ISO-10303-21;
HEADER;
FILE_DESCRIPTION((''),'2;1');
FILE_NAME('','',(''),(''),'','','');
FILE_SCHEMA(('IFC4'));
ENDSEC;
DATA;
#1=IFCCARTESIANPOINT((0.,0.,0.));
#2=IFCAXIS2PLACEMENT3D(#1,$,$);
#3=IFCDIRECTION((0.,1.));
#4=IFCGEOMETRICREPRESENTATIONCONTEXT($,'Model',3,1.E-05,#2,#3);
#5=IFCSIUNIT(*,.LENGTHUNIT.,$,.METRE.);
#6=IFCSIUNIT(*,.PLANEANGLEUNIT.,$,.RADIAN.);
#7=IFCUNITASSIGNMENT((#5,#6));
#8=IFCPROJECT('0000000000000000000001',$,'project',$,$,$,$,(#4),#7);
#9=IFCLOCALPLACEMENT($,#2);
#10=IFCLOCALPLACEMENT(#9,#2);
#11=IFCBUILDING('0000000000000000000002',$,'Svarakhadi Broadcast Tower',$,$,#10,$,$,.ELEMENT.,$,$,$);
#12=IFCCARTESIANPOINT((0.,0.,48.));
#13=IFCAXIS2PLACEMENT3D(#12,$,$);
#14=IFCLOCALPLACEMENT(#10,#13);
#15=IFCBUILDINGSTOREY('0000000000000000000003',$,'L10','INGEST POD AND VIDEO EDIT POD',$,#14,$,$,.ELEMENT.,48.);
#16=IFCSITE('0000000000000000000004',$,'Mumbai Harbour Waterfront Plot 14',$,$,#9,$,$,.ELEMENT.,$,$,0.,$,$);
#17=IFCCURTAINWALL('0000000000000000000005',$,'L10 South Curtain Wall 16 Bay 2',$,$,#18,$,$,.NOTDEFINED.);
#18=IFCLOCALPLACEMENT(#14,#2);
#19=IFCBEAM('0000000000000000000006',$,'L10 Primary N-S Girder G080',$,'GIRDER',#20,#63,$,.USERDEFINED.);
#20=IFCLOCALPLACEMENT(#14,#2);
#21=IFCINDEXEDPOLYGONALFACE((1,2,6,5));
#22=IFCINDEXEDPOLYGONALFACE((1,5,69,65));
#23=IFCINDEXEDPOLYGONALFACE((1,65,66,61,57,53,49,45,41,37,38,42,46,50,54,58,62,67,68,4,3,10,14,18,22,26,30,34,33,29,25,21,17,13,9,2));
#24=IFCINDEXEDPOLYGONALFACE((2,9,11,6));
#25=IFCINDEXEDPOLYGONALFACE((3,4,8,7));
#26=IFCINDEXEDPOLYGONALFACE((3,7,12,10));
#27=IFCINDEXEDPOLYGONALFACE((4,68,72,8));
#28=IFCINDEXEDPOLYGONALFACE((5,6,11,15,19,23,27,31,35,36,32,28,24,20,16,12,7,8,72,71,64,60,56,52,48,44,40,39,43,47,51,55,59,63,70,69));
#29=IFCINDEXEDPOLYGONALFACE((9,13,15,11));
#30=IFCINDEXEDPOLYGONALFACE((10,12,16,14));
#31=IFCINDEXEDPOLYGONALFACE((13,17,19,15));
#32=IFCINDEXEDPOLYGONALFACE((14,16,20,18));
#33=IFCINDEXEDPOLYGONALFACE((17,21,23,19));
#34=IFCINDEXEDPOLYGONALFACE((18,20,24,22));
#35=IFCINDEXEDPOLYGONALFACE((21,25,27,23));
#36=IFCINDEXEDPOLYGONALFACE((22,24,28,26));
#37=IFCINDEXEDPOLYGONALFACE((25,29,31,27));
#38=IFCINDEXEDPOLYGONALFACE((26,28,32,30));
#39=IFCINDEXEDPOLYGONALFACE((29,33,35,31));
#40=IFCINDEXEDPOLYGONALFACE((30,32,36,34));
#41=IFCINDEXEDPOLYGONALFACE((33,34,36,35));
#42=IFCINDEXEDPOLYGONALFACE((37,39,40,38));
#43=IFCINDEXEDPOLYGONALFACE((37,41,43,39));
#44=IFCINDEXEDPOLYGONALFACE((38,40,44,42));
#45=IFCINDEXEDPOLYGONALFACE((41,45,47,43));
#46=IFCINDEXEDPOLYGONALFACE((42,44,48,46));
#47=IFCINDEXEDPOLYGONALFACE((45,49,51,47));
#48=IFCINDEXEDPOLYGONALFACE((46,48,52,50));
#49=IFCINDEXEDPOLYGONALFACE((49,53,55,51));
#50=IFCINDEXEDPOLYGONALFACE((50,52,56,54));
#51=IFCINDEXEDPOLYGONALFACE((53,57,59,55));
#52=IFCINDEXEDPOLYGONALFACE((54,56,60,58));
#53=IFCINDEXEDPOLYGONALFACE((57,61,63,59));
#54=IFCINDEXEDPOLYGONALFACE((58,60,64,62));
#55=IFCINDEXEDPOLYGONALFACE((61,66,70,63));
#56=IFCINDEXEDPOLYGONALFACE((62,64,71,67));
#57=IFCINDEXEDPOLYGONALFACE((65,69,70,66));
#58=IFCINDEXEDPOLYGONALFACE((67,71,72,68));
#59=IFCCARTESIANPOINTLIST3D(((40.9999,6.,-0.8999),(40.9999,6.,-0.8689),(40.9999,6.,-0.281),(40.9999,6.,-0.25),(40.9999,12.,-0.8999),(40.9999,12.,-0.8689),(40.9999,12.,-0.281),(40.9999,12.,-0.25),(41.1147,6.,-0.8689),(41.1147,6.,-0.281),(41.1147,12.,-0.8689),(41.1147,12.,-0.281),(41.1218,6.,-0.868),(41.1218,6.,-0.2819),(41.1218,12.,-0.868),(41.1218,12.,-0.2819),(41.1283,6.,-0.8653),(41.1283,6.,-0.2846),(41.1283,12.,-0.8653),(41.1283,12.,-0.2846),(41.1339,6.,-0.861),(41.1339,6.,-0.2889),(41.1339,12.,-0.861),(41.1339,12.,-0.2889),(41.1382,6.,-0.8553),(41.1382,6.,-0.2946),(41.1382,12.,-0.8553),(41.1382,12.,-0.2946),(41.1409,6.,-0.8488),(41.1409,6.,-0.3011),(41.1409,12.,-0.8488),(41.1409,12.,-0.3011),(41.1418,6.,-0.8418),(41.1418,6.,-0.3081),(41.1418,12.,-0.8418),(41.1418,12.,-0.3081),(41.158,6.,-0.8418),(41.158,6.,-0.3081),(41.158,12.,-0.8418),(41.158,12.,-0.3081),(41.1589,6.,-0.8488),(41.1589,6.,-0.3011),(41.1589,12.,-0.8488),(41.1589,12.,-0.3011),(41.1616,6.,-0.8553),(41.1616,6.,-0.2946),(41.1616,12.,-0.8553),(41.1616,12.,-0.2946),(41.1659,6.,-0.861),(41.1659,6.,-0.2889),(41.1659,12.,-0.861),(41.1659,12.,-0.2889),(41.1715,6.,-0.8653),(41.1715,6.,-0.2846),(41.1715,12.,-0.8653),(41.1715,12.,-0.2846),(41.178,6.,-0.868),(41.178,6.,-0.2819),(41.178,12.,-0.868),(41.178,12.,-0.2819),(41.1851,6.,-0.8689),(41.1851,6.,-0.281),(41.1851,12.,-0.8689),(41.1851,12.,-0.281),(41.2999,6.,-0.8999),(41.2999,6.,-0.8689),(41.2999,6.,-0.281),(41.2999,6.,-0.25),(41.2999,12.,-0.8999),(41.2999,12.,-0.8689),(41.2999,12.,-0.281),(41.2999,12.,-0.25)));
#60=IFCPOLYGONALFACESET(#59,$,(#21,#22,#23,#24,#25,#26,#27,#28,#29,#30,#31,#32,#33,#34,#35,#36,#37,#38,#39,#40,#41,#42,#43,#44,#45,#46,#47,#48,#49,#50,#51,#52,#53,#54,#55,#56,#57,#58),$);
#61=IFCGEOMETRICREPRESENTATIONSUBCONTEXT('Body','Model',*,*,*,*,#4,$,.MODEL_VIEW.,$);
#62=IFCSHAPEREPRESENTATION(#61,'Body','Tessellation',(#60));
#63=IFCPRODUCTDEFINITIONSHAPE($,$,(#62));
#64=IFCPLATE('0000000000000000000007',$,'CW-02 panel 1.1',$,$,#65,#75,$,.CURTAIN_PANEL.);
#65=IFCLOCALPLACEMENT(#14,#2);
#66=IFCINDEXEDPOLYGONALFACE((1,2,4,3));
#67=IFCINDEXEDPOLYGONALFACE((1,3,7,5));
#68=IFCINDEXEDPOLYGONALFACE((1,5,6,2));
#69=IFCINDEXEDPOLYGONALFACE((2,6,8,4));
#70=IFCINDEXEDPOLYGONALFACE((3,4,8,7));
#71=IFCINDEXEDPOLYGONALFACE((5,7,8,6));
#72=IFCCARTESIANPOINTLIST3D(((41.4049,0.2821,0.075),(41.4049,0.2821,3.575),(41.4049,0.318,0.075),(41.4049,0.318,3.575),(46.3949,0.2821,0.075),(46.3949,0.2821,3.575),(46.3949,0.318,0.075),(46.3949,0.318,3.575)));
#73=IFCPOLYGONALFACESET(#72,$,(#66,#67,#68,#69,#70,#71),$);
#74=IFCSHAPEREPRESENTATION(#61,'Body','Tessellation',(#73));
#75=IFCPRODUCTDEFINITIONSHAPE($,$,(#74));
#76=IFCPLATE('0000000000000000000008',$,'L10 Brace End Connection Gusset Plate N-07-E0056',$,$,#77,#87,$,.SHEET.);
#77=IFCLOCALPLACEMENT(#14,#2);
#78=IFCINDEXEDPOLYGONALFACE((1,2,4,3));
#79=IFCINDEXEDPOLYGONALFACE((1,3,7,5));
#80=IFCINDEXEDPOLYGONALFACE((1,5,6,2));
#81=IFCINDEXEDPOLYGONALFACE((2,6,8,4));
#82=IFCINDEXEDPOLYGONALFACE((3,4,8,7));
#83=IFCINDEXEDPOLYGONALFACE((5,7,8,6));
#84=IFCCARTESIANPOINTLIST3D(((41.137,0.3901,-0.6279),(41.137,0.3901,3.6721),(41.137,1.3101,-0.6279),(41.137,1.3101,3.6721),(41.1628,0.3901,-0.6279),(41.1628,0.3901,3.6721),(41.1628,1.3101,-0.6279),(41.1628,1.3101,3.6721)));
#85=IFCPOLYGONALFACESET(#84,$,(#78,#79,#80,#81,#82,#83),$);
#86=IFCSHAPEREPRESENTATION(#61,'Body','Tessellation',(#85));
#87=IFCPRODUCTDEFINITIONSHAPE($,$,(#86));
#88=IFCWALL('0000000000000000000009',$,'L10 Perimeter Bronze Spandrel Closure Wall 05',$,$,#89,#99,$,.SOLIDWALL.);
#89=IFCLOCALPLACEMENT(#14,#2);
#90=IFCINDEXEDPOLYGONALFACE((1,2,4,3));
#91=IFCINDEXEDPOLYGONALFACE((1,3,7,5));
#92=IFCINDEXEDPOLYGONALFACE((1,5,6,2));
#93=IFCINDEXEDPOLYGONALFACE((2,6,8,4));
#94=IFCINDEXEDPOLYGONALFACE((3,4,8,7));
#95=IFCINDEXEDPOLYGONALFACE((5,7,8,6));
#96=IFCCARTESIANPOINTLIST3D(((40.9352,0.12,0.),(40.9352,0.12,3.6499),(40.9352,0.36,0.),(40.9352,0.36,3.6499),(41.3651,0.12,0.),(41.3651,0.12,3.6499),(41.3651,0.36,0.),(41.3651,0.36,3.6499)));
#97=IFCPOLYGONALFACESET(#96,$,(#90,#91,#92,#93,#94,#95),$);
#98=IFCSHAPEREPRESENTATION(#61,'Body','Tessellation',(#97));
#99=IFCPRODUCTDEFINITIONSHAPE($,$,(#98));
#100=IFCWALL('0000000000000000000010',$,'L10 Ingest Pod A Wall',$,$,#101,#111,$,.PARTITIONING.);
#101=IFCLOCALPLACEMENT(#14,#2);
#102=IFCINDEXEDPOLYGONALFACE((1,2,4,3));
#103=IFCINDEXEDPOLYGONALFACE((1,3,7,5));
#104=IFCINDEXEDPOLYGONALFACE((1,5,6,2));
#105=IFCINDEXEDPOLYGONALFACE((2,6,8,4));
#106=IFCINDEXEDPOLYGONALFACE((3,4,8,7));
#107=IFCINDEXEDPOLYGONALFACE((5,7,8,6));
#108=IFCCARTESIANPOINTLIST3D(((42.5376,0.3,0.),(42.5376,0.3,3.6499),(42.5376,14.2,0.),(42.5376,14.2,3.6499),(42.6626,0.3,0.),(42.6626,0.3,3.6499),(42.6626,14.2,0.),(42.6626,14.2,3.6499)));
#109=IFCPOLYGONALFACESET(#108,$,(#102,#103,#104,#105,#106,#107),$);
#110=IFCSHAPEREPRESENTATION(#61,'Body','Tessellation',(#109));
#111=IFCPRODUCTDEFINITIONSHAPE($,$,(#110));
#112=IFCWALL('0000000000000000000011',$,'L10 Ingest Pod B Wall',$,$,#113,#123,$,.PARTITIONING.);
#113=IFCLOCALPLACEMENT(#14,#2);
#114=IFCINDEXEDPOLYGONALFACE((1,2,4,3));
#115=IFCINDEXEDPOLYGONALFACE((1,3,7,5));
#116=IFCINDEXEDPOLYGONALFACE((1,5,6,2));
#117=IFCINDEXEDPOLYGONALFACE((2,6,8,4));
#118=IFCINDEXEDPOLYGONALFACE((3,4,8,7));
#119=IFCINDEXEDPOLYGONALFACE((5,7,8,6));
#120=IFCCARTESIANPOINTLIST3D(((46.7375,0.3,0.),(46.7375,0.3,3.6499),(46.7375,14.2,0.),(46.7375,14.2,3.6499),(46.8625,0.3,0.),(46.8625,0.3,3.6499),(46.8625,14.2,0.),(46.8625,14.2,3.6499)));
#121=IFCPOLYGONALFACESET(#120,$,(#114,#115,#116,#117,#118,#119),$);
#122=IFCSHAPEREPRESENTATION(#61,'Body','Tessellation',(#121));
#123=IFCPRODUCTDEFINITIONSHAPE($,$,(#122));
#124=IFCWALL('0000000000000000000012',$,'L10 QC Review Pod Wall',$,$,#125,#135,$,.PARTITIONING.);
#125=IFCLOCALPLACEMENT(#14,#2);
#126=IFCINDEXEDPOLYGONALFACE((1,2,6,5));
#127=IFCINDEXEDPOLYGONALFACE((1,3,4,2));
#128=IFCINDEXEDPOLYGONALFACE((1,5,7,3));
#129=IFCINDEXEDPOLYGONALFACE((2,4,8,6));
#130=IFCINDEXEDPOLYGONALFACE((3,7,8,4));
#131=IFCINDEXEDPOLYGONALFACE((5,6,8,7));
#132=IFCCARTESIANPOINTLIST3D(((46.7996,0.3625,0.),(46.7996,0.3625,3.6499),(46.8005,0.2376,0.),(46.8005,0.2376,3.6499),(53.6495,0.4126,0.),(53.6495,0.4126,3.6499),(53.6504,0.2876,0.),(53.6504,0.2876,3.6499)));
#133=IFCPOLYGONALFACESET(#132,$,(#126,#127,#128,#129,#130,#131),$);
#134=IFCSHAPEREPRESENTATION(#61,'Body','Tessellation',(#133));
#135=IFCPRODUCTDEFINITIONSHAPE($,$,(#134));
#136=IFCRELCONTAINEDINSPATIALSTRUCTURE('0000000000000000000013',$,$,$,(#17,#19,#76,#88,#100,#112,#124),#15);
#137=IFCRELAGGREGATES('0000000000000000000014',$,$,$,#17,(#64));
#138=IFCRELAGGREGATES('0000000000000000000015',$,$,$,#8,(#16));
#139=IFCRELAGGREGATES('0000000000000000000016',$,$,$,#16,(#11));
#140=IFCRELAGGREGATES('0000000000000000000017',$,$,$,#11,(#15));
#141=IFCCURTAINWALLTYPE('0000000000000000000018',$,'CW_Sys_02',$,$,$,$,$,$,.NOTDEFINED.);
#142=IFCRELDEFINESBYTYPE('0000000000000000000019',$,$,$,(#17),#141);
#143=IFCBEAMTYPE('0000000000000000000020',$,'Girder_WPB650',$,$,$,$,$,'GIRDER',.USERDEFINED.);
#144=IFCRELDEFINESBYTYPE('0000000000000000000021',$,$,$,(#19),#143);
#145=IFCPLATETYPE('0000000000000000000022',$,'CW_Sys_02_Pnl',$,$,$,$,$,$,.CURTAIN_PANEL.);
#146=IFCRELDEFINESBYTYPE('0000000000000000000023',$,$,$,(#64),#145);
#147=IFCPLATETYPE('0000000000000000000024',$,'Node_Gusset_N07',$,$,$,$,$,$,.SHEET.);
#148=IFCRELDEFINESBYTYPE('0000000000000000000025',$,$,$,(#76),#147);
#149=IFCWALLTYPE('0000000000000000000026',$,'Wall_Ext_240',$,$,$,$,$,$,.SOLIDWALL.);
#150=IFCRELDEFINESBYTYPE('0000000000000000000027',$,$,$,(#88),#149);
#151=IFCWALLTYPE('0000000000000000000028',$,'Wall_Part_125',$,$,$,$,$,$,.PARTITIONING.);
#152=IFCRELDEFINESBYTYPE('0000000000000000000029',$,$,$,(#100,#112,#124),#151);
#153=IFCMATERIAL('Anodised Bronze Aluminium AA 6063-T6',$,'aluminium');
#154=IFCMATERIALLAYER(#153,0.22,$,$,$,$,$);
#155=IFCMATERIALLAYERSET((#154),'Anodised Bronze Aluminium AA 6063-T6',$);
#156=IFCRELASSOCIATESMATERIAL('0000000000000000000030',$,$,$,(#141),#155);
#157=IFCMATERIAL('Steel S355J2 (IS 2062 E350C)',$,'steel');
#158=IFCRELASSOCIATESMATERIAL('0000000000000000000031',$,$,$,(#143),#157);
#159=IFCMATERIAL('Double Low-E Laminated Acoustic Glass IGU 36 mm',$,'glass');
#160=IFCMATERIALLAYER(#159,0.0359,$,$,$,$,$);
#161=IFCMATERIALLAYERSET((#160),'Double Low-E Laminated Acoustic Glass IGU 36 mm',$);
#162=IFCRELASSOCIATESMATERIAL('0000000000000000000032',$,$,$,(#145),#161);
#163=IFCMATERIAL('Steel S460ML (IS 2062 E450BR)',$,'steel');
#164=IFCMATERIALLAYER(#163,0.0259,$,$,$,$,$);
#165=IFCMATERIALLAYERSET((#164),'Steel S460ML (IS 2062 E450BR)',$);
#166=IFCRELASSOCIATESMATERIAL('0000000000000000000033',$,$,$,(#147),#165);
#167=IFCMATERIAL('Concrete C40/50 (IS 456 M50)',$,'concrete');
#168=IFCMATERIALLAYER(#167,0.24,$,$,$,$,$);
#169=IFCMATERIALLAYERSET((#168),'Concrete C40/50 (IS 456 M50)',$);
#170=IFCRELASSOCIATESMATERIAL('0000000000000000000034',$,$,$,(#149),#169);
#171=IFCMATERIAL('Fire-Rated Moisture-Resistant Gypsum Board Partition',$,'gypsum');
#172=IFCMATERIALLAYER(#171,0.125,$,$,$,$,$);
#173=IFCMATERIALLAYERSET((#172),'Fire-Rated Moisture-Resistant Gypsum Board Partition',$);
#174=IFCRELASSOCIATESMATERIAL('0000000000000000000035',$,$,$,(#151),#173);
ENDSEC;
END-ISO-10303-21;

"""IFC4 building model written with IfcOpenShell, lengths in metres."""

from ifc_helpers import new_model, si_unit, direction, frame, frame_2d, origin, origin_2d, place, context, subcontext, project, spatial, rectangle, i_section, extrude, material, layer, layer_set, material_profile, profile_set, type_object, element, aggregate, save


model = new_model("IFC4")

# Units and contexts
model_context = context("Model", 3, precision=1e-05, world=origin(), true_north=direction((0.0, 1.0)))
body_context = subcontext(model_context, "Body", "Model", "MODEL_VIEW")
ifc_project = project(units=[si_unit("LENGTHUNIT", "METRE"), si_unit("PLANEANGLEUNIT", "RADIAN")], contexts=[model_context])

# Site, building, storey
site_placement = place(None, origin())
site = spatial("IfcSite", under=ifc_project, at=site_placement, Name="Mumbai Harbour Waterfront Plot 14", CompositionType="ELEMENT", RefElevation=0.0)
building_placement = place(site_placement, origin())
building = spatial("IfcBuilding", under=site, at=building_placement, Name="Svarakhadi Broadcast Tower", CompositionType="ELEMENT")
storey_placement = place(building_placement, frame((0.0, 0.0, 48.0)))
storey = spatial("IfcBuildingStorey", under=building, at=storey_placement, Name="L10", Description="INGEST POD AND VIDEO EDIT POD", CompositionType="ELEMENT", Elevation=48.0)

# Shared definitions
ifc_material_1 = material(Name="Steel S460ML (IS 2062 E450BR)", Category="steel")

# Shared definitions
ifc_material_2 = material(Name="Steel S355J2 (IS 2062 E350C)", Category="steel")

# Curtain wall
ifc_material_3 = material(Name="Anodised Bronze Aluminium AA 6063-T6", Category="aluminium")
ifc_layer_1 = layer(ifc_material_3, 0.22)
ifc_layer_set_1 = layer_set([ifc_layer_1], Name="Anodised Bronze Aluminium AA 6063-T6")
curtain_wall_type = type_object("IfcCurtainWallType", Name="CW_Sys_02", PredefinedType="NOTDEFINED", material=ifc_layer_set_1)
curtain_wall_placement = place(storey_placement, origin())
curtain_wall = element("IfcCurtainWall", 1, at=curtain_wall_placement, inside=storey, type_object=curtain_wall_type, Name="L10 South Curtain Wall 16 Bay 2", PredefinedType="NOTDEFINED")

# Beam
ifc_material_profile_1 = material_profile(ifc_material_2, i_section(OverallWidth=0.3, OverallDepth=0.6499, WebThickness=0.0161, FlangeThickness=0.031, FilletRadius=0.0271, at=origin_2d()), Name="WPB 650x300x225")
ifc_profile_set_1 = profile_set([ifc_material_profile_1], Name="Steel S355J2 (IS 2062 E350C)")
beam_type_1 = type_object("IfcBeamType", Name="Girder_WPB650", ElementType="GIRDER", PredefinedType="USERDEFINED", material=ifc_profile_set_1)
beam_1_placement = place(storey_placement, frame((41.1499, 6.0, -0.575), z_axis=(0.0, 1.0, 0.0), x_axis=(-1.0, 0.0, 0.0)))
element("IfcBeam", 2, at=beam_1_placement, inside=storey, type_object=beam_type_1, Name="L10 Primary N-S Girder G080", ObjectType="GIRDER", PredefinedType="USERDEFINED", context=body_context, shape_type="SweptSolid", body=[
    extrude(i_section(OverallWidth=0.3, OverallDepth=0.6499, WebThickness=0.0161, FlangeThickness=0.031, FilletRadius=0.0271, at=origin_2d()), origin(), (0.0, 0.0, 1.0), 6.0),
])

# Plates
ifc_material_4 = material(Name="Double Low-E Laminated Acoustic Glass IGU 36 mm", Category="glass")
ifc_layer_2 = layer(ifc_material_4, 0.0359)
ifc_layer_set_2 = layer_set([ifc_layer_2], Name="Double Low-E Laminated Acoustic Glass IGU 36 mm")
plate_type_1 = type_object("IfcPlateType", Name="CW_Sys_02_Pnl", PredefinedType="CURTAIN_PANEL", material=ifc_layer_set_2)
plate_1_placement = place(storey_placement, frame((43.8999, 0.3, 0.075), z_axis=(0.0, 0.0, 1.0), x_axis=(-1.0, 0.0, 0.0)))
plate_1 = element("IfcPlate", 3, at=plate_1_placement, type_object=plate_type_1, Name="CW-02 panel 1.1", PredefinedType="CURTAIN_PANEL", context=body_context, shape_type="SweptSolid", body=[
    extrude(rectangle(XDim=4.99, YDim=0.0359, at=origin_2d()), origin(), (0.0, 0.0, 1.0), 3.5),
])
aggregate(curtain_wall, [plate_1])
ifc_layer_3 = layer(ifc_material_1, 0.0259)
ifc_layer_set_3 = layer_set([ifc_layer_3], Name="Steel S460ML (IS 2062 E450BR)")
plate_type_2 = type_object("IfcPlateType", Name="Node_Gusset_N07", PredefinedType="SHEET", material=ifc_layer_set_3)
plate_2_placement = place(storey_placement, frame((41.1499, 0.8501, -0.6279), z_axis=(0.0, 0.0, 1.0), x_axis=(0.0, 1.0, 0.0)))
element("IfcPlate", 4, at=plate_2_placement, inside=storey, type_object=plate_type_2, Name="L10 Brace End Connection Gusset Plate N-07-E0056", PredefinedType="SHEET", context=body_context, shape_type="SweptSolid", body=[
    extrude(rectangle(XDim=0.9199, YDim=0.0259, at=origin_2d()), origin(), (0.0, 0.0, 1.0), 4.3),
])

# Walls
ifc_material_5 = material(Name="Concrete C40/50 (IS 456 M50)", Category="concrete")
ifc_layer_4 = layer(ifc_material_5, 0.24)
ifc_layer_set_4 = layer_set([ifc_layer_4], Name="Concrete C40/50 (IS 456 M50)")
wall_type_1 = type_object("IfcWallType", Name="Wall_Ext_240", PredefinedType="SOLIDWALL", material=ifc_layer_set_4)
wall_1_placement = place(storey_placement, frame((41.365, 0.24, 0.0), z_axis=(0.0, 0.0, 1.0), x_axis=(-1.0, 0.0, 0.0)))
element("IfcWall", 5, at=wall_1_placement, inside=storey, type_object=wall_type_1, Name="L10 Perimeter Bronze Spandrel Closure Wall 05", PredefinedType="SOLIDWALL", context=body_context, shape_type="SweptSolid", body=[
    extrude(rectangle(XDim=0.4299, YDim=0.24, at=frame_2d((0.2148, 0.0))), origin(), (0.0, 0.0, 1.0), 3.6499),
])
ifc_material_6 = material(Name="Fire-Rated Moisture-Resistant Gypsum Board Partition", Category="gypsum")
ifc_layer_5 = layer(ifc_material_6, 0.125)
ifc_layer_set_5 = layer_set([ifc_layer_5], Name="Fire-Rated Moisture-Resistant Gypsum Board Partition")
wall_type_2 = type_object("IfcWallType", Name="Wall_Part_125", PredefinedType="PARTITIONING", material=ifc_layer_set_5)
for number, where, z_axis, x_axis, name in (
    (6, (42.6001, 0.3, 0.0), (0.0, 0.0, 1.0), (0.0, 1.0, 0.0), "L10 Ingest Pod A Wall"),
    (7, (46.8, 0.3, 0.0), (0.0, 0.0, 1.0), (0.0, 1.0, 0.0), "L10 Ingest Pod B Wall"),
):
    element("IfcWall", number, at=place(storey_placement, frame(where, z_axis=z_axis, x_axis=x_axis)), inside=storey, type_object=wall_type_2, Name=name, PredefinedType="PARTITIONING", context=body_context, shape_type="SweptSolid", body=[
        extrude(rectangle(XDim=13.8999, YDim=0.125, at=frame_2d((6.95, 0.0))), origin(), (0.0, 0.0, 1.0), 3.6499),
    ])
wall_2_placement = place(storey_placement, frame((46.8, 0.3, 0.0), z_axis=(0.0, 0.0, 1.0), x_axis=(0.999973, 0.007306, 0.0)))
element("IfcWall", 8, at=wall_2_placement, inside=storey, type_object=wall_type_2, Name="L10 QC Review Pod Wall", PredefinedType="PARTITIONING", context=body_context, shape_type="SweptSolid", body=[
    extrude(rectangle(XDim=6.8501, YDim=0.125, at=frame_2d((3.425, 0.0))), origin(), (0.0, 0.0, 1.0), 3.6499),
])

save(model, "model.ifc")
